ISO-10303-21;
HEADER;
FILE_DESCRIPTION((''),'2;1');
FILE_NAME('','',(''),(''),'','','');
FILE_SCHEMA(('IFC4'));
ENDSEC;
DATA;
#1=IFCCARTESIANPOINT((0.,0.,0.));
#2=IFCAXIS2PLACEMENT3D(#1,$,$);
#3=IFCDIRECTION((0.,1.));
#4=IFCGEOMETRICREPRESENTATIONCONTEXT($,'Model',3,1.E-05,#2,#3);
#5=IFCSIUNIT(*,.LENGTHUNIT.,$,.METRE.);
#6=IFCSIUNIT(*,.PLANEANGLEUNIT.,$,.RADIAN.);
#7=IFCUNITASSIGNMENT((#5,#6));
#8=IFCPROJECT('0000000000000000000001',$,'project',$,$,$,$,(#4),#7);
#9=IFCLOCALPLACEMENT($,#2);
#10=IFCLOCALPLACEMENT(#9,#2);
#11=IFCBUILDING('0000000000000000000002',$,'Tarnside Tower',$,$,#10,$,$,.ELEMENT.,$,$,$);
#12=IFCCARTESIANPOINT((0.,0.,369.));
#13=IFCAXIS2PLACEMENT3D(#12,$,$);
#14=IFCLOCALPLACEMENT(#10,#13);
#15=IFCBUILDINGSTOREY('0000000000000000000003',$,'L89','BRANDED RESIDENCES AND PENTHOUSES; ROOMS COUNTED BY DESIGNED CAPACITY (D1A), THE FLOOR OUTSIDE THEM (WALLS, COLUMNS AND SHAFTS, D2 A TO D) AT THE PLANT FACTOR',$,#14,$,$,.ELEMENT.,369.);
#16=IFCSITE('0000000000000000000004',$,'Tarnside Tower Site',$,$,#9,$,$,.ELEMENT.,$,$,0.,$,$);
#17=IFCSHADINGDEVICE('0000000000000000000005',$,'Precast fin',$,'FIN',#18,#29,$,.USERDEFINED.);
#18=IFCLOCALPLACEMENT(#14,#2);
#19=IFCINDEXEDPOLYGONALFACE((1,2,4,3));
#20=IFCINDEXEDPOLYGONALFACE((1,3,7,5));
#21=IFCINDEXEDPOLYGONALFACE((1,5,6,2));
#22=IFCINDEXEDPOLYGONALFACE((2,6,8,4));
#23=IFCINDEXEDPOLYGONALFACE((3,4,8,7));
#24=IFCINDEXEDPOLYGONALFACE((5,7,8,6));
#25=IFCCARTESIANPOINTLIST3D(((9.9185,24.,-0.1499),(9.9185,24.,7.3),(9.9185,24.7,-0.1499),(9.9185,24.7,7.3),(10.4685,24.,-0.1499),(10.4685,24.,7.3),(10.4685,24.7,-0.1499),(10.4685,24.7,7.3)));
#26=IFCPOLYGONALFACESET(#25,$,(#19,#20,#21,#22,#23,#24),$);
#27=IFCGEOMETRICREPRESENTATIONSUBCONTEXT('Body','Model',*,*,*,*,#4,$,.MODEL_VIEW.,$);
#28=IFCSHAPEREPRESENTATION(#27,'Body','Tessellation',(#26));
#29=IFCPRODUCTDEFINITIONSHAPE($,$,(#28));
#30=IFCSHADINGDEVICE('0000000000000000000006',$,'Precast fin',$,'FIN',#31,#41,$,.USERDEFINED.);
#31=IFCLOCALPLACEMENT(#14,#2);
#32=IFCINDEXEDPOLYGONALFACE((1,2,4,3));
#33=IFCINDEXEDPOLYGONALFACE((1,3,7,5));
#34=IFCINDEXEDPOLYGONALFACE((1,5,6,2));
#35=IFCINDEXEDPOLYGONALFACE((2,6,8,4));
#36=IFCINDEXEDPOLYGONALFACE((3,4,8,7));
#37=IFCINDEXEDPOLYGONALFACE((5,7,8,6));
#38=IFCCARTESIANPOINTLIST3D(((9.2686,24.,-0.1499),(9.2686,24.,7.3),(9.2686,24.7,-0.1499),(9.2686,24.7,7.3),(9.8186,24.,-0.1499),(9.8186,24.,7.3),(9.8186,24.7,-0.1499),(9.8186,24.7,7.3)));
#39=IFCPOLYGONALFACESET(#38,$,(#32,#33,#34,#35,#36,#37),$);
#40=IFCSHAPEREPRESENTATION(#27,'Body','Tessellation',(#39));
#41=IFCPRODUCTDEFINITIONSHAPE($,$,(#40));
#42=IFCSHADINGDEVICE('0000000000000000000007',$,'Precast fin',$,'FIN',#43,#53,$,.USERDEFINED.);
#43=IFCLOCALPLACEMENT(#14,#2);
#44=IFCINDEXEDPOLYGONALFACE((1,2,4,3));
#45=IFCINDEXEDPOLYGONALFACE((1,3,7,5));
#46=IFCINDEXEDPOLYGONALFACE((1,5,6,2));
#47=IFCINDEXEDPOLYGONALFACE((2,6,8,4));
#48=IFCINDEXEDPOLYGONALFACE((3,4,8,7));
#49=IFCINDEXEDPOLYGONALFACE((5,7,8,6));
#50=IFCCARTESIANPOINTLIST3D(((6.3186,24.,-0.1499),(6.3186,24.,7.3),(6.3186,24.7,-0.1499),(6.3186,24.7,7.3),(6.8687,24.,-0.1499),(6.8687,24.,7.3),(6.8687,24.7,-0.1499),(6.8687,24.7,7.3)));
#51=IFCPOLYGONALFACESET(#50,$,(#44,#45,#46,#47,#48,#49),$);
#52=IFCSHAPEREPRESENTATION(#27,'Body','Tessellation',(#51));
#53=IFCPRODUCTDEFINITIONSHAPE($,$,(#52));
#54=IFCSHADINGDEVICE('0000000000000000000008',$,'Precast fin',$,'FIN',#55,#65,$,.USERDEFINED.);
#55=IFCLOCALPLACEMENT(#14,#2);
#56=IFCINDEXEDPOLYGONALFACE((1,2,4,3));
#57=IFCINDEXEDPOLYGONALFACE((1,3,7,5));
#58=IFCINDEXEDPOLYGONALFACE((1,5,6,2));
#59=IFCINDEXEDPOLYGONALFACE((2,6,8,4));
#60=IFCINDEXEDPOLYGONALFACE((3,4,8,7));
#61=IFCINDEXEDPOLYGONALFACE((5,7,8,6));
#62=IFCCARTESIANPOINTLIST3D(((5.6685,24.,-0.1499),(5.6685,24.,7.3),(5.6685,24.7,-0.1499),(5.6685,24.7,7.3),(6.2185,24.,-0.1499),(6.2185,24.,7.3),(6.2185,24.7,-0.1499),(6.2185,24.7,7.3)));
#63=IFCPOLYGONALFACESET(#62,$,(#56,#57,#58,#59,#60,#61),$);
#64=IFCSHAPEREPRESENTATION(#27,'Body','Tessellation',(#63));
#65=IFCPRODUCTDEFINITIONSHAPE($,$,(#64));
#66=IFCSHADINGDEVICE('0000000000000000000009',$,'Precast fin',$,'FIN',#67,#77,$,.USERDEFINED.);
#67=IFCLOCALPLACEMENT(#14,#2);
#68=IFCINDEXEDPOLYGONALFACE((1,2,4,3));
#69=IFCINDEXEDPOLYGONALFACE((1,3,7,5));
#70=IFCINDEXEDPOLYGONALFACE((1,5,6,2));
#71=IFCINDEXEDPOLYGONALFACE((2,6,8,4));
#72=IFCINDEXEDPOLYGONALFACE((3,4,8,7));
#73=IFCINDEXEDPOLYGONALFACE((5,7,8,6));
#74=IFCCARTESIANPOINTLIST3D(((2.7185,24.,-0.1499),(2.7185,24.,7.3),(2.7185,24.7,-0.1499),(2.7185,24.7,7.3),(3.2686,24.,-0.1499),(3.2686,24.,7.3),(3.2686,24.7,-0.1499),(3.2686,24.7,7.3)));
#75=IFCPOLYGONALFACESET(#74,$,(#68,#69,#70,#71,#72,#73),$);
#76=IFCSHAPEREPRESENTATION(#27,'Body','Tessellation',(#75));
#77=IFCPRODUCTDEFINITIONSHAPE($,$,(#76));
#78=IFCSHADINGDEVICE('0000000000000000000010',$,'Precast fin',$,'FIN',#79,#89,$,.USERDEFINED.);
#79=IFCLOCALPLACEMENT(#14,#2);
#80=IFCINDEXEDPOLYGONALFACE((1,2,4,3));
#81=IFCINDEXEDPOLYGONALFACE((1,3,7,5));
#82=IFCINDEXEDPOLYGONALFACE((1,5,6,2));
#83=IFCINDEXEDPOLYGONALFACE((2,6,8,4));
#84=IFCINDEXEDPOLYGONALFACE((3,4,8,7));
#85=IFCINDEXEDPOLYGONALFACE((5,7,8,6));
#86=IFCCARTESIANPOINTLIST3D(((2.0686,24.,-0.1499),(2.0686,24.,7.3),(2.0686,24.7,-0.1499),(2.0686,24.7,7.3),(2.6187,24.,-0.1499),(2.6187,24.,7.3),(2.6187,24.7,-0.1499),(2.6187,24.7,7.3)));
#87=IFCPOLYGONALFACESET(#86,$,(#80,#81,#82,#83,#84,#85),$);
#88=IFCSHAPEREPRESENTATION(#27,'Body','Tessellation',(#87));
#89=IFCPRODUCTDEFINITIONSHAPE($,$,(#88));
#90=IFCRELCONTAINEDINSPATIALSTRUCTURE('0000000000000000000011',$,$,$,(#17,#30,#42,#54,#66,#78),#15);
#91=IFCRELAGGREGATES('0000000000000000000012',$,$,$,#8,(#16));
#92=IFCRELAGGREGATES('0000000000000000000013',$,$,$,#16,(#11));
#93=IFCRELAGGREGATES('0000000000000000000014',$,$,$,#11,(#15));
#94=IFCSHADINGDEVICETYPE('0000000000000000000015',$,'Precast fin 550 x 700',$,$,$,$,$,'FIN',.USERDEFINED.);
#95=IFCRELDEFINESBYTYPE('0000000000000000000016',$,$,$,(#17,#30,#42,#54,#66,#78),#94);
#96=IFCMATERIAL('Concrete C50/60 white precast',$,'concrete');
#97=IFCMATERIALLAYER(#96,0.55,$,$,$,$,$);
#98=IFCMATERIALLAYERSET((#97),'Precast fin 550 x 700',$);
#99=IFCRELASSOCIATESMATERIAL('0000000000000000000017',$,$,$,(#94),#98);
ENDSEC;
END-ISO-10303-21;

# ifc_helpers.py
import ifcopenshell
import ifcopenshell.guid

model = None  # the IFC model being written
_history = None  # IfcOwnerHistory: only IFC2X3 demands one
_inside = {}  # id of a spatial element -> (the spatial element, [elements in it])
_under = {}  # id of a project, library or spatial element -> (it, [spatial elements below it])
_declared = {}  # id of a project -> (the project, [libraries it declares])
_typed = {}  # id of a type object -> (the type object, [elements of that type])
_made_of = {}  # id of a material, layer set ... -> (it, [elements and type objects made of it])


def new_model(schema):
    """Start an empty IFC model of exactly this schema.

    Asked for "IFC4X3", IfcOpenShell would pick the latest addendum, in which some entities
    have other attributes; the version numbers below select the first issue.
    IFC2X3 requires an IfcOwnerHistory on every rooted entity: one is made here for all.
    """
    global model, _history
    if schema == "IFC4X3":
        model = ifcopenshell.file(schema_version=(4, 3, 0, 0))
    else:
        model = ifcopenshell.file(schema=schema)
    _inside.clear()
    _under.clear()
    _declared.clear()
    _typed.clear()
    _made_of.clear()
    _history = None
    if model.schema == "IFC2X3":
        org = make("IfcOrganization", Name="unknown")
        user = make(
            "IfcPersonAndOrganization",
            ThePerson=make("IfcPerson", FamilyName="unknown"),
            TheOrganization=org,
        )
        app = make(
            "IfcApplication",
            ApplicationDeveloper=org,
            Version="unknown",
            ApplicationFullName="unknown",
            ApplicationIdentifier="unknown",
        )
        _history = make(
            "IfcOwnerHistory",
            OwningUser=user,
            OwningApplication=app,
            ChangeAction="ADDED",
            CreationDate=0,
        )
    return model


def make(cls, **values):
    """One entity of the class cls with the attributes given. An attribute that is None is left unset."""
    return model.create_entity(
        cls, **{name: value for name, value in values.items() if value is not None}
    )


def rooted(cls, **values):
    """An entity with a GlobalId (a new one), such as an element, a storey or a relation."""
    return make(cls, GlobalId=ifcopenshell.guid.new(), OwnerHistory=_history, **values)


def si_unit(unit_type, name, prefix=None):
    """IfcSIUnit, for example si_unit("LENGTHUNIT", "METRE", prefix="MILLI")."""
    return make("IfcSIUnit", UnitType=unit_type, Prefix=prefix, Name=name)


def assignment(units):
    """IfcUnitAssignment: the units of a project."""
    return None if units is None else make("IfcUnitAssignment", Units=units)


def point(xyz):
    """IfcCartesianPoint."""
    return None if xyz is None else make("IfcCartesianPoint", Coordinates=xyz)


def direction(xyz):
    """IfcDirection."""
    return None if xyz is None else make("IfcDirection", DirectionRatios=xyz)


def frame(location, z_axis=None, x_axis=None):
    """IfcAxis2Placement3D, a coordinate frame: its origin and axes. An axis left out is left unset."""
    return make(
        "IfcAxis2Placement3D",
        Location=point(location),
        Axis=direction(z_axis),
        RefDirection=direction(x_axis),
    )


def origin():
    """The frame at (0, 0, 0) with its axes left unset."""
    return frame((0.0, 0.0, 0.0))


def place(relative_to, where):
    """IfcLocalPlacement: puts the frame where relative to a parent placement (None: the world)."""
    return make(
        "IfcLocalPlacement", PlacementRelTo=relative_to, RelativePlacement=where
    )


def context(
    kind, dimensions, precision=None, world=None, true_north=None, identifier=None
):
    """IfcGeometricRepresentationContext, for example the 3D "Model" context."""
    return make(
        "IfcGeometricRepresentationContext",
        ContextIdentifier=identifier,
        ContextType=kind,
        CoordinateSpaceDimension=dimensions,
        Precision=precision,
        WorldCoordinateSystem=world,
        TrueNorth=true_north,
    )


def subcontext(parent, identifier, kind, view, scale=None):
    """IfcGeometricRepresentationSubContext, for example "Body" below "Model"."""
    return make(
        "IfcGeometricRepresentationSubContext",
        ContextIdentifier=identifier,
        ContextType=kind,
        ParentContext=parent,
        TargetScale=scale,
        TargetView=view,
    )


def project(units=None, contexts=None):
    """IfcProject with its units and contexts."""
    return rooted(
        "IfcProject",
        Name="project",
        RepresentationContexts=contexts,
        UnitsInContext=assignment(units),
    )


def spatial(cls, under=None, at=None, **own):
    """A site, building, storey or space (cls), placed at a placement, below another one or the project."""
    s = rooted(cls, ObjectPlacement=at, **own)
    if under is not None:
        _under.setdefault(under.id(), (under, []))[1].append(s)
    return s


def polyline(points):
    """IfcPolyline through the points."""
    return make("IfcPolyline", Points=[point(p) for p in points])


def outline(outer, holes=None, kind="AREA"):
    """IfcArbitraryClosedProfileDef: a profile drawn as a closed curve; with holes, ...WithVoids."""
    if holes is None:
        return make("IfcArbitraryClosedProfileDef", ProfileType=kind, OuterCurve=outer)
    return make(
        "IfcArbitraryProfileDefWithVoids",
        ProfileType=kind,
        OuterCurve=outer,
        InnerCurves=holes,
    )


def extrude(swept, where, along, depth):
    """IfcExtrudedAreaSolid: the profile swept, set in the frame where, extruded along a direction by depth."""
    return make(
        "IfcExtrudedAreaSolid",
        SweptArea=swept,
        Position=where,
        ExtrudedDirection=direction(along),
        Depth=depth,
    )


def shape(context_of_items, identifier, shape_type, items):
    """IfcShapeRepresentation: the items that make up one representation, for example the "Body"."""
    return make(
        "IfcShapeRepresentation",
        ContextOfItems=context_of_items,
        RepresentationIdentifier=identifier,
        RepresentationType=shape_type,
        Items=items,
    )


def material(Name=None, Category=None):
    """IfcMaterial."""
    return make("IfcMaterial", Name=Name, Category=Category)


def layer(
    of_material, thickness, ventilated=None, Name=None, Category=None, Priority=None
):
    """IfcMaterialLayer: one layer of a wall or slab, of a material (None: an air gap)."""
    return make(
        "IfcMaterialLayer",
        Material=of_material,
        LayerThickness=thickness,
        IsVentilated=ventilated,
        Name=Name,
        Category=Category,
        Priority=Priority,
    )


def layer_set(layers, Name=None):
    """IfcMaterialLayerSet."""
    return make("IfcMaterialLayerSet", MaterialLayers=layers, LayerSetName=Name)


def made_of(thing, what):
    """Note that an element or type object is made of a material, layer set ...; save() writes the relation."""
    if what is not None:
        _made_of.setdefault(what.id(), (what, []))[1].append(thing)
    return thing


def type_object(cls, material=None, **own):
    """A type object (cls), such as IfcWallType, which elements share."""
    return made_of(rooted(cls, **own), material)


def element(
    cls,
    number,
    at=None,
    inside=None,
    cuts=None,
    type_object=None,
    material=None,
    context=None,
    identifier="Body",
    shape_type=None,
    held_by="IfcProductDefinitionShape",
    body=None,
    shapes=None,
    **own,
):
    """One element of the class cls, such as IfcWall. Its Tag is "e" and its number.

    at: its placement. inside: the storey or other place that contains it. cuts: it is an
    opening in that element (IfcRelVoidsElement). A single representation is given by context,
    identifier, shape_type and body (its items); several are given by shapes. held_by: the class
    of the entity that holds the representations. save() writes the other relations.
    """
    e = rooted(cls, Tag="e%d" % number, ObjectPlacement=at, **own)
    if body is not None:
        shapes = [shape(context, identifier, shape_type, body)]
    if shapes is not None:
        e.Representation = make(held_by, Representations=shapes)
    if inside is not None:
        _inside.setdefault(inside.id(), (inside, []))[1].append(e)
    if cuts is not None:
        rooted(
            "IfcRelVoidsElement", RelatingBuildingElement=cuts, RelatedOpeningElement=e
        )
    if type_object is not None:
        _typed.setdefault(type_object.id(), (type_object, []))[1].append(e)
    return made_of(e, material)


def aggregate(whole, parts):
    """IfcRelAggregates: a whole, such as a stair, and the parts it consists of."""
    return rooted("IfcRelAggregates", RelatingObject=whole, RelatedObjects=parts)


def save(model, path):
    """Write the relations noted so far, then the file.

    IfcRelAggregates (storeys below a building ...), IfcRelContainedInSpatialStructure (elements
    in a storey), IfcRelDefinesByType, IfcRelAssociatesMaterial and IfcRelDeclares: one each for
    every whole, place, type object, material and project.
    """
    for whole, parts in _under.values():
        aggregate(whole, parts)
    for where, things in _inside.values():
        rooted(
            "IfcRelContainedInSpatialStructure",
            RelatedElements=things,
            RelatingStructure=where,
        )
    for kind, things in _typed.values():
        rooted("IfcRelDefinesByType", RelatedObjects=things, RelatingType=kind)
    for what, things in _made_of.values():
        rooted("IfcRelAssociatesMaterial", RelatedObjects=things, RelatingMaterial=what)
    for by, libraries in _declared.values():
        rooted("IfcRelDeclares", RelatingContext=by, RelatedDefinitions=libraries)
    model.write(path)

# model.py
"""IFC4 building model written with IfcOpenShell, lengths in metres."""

from ifc_helpers import new_model, si_unit, direction, frame, origin, place, context, subcontext, project, spatial, polyline, outline, extrude, material, layer, layer_set, type_object, element, save


model = new_model("IFC4")

# Units and contexts
model_context = context("Model", 3, precision=1e-05, world=origin(), true_north=direction((0.0, 1.0)))
body_context = subcontext(model_context, "Body", "Model", "MODEL_VIEW")
ifc_project = project(units=[si_unit("LENGTHUNIT", "METRE"), si_unit("PLANEANGLEUNIT", "RADIAN")], contexts=[model_context])

# Site, building, storey
site_placement = place(None, origin())
site = spatial("IfcSite", under=ifc_project, at=site_placement, Name="Tarnside Tower Site", CompositionType="ELEMENT", RefElevation=0.0)
building_placement = place(site_placement, origin())
building = spatial("IfcBuilding", under=site, at=building_placement, Name="Tarnside Tower", CompositionType="ELEMENT")
storey_placement = place(building_placement, frame((0.0, 0.0, 369.0)))
storey = spatial("IfcBuildingStorey", under=building, at=storey_placement, Name="L89", Description="BRANDED RESIDENCES AND PENTHOUSES; ROOMS COUNTED BY DESIGNED CAPACITY (D1A), THE FLOOR OUTSIDE THEM (WALLS, COLUMNS AND SHAFTS, D2 A TO D) AT THE PLANT FACTOR", CompositionType="ELEMENT", Elevation=369.0)

# Shading devices
ifc_material_1 = material(Name="Concrete C50/60 white precast", Category="concrete")
ifc_layer_1 = layer(ifc_material_1, 0.55)
ifc_layer_set_1 = layer_set([ifc_layer_1], Name="Precast fin 550 x 700")
shading_device_type = type_object("IfcShadingDeviceType", Name="Precast fin 550 x 700", ElementType="FIN", PredefinedType="USERDEFINED", material=ifc_layer_set_1)
for number, where, z_axis, x_axis, name in (
    (1, (10.1934, 24.0, -0.1499), (1.0, 0.0, 0.0), (0.0, 1.0, 0.0), "Precast fin"),
    (2, (9.5435, 24.0, -0.1499), (1.0, 0.0, 0.0), (0.0, 1.0, 0.0), "Precast fin"),
    (3, (6.5935, 24.0, -0.1499), (1.0, 0.0, 0.0), (0.0, 1.0, 0.0), "Precast fin"),
    (4, (5.9434, 24.0, -0.1499), (1.0, 0.0, 0.0), (0.0, 1.0, 0.0), "Precast fin"),
    (5, (2.9934, 24.0, -0.1499), (1.0, 0.0, 0.0), (0.0, 1.0, 0.0), "Precast fin"),
    (6, (2.3435, 24.0, -0.1499), (1.0, 0.0, 0.0), (0.0, 1.0, 0.0), "Precast fin"),
):
    element("IfcShadingDevice", number, at=place(storey_placement, frame(where, z_axis=z_axis, x_axis=x_axis)), inside=storey, type_object=shading_device_type, Name=name, ObjectType="FIN", PredefinedType="USERDEFINED", context=body_context, shape_type="SweptSolid", body=[
        extrude(outline(polyline([(0.0, 0.0), (0.7, 0.0), (0.7, 7.45), (0.0, 7.45), (0.0, 0.0)])), frame((0.0, 0.0, -0.2749)), (0.0, 0.0, 1.0), 0.55),
    ])

save(model, "model.ifc")
